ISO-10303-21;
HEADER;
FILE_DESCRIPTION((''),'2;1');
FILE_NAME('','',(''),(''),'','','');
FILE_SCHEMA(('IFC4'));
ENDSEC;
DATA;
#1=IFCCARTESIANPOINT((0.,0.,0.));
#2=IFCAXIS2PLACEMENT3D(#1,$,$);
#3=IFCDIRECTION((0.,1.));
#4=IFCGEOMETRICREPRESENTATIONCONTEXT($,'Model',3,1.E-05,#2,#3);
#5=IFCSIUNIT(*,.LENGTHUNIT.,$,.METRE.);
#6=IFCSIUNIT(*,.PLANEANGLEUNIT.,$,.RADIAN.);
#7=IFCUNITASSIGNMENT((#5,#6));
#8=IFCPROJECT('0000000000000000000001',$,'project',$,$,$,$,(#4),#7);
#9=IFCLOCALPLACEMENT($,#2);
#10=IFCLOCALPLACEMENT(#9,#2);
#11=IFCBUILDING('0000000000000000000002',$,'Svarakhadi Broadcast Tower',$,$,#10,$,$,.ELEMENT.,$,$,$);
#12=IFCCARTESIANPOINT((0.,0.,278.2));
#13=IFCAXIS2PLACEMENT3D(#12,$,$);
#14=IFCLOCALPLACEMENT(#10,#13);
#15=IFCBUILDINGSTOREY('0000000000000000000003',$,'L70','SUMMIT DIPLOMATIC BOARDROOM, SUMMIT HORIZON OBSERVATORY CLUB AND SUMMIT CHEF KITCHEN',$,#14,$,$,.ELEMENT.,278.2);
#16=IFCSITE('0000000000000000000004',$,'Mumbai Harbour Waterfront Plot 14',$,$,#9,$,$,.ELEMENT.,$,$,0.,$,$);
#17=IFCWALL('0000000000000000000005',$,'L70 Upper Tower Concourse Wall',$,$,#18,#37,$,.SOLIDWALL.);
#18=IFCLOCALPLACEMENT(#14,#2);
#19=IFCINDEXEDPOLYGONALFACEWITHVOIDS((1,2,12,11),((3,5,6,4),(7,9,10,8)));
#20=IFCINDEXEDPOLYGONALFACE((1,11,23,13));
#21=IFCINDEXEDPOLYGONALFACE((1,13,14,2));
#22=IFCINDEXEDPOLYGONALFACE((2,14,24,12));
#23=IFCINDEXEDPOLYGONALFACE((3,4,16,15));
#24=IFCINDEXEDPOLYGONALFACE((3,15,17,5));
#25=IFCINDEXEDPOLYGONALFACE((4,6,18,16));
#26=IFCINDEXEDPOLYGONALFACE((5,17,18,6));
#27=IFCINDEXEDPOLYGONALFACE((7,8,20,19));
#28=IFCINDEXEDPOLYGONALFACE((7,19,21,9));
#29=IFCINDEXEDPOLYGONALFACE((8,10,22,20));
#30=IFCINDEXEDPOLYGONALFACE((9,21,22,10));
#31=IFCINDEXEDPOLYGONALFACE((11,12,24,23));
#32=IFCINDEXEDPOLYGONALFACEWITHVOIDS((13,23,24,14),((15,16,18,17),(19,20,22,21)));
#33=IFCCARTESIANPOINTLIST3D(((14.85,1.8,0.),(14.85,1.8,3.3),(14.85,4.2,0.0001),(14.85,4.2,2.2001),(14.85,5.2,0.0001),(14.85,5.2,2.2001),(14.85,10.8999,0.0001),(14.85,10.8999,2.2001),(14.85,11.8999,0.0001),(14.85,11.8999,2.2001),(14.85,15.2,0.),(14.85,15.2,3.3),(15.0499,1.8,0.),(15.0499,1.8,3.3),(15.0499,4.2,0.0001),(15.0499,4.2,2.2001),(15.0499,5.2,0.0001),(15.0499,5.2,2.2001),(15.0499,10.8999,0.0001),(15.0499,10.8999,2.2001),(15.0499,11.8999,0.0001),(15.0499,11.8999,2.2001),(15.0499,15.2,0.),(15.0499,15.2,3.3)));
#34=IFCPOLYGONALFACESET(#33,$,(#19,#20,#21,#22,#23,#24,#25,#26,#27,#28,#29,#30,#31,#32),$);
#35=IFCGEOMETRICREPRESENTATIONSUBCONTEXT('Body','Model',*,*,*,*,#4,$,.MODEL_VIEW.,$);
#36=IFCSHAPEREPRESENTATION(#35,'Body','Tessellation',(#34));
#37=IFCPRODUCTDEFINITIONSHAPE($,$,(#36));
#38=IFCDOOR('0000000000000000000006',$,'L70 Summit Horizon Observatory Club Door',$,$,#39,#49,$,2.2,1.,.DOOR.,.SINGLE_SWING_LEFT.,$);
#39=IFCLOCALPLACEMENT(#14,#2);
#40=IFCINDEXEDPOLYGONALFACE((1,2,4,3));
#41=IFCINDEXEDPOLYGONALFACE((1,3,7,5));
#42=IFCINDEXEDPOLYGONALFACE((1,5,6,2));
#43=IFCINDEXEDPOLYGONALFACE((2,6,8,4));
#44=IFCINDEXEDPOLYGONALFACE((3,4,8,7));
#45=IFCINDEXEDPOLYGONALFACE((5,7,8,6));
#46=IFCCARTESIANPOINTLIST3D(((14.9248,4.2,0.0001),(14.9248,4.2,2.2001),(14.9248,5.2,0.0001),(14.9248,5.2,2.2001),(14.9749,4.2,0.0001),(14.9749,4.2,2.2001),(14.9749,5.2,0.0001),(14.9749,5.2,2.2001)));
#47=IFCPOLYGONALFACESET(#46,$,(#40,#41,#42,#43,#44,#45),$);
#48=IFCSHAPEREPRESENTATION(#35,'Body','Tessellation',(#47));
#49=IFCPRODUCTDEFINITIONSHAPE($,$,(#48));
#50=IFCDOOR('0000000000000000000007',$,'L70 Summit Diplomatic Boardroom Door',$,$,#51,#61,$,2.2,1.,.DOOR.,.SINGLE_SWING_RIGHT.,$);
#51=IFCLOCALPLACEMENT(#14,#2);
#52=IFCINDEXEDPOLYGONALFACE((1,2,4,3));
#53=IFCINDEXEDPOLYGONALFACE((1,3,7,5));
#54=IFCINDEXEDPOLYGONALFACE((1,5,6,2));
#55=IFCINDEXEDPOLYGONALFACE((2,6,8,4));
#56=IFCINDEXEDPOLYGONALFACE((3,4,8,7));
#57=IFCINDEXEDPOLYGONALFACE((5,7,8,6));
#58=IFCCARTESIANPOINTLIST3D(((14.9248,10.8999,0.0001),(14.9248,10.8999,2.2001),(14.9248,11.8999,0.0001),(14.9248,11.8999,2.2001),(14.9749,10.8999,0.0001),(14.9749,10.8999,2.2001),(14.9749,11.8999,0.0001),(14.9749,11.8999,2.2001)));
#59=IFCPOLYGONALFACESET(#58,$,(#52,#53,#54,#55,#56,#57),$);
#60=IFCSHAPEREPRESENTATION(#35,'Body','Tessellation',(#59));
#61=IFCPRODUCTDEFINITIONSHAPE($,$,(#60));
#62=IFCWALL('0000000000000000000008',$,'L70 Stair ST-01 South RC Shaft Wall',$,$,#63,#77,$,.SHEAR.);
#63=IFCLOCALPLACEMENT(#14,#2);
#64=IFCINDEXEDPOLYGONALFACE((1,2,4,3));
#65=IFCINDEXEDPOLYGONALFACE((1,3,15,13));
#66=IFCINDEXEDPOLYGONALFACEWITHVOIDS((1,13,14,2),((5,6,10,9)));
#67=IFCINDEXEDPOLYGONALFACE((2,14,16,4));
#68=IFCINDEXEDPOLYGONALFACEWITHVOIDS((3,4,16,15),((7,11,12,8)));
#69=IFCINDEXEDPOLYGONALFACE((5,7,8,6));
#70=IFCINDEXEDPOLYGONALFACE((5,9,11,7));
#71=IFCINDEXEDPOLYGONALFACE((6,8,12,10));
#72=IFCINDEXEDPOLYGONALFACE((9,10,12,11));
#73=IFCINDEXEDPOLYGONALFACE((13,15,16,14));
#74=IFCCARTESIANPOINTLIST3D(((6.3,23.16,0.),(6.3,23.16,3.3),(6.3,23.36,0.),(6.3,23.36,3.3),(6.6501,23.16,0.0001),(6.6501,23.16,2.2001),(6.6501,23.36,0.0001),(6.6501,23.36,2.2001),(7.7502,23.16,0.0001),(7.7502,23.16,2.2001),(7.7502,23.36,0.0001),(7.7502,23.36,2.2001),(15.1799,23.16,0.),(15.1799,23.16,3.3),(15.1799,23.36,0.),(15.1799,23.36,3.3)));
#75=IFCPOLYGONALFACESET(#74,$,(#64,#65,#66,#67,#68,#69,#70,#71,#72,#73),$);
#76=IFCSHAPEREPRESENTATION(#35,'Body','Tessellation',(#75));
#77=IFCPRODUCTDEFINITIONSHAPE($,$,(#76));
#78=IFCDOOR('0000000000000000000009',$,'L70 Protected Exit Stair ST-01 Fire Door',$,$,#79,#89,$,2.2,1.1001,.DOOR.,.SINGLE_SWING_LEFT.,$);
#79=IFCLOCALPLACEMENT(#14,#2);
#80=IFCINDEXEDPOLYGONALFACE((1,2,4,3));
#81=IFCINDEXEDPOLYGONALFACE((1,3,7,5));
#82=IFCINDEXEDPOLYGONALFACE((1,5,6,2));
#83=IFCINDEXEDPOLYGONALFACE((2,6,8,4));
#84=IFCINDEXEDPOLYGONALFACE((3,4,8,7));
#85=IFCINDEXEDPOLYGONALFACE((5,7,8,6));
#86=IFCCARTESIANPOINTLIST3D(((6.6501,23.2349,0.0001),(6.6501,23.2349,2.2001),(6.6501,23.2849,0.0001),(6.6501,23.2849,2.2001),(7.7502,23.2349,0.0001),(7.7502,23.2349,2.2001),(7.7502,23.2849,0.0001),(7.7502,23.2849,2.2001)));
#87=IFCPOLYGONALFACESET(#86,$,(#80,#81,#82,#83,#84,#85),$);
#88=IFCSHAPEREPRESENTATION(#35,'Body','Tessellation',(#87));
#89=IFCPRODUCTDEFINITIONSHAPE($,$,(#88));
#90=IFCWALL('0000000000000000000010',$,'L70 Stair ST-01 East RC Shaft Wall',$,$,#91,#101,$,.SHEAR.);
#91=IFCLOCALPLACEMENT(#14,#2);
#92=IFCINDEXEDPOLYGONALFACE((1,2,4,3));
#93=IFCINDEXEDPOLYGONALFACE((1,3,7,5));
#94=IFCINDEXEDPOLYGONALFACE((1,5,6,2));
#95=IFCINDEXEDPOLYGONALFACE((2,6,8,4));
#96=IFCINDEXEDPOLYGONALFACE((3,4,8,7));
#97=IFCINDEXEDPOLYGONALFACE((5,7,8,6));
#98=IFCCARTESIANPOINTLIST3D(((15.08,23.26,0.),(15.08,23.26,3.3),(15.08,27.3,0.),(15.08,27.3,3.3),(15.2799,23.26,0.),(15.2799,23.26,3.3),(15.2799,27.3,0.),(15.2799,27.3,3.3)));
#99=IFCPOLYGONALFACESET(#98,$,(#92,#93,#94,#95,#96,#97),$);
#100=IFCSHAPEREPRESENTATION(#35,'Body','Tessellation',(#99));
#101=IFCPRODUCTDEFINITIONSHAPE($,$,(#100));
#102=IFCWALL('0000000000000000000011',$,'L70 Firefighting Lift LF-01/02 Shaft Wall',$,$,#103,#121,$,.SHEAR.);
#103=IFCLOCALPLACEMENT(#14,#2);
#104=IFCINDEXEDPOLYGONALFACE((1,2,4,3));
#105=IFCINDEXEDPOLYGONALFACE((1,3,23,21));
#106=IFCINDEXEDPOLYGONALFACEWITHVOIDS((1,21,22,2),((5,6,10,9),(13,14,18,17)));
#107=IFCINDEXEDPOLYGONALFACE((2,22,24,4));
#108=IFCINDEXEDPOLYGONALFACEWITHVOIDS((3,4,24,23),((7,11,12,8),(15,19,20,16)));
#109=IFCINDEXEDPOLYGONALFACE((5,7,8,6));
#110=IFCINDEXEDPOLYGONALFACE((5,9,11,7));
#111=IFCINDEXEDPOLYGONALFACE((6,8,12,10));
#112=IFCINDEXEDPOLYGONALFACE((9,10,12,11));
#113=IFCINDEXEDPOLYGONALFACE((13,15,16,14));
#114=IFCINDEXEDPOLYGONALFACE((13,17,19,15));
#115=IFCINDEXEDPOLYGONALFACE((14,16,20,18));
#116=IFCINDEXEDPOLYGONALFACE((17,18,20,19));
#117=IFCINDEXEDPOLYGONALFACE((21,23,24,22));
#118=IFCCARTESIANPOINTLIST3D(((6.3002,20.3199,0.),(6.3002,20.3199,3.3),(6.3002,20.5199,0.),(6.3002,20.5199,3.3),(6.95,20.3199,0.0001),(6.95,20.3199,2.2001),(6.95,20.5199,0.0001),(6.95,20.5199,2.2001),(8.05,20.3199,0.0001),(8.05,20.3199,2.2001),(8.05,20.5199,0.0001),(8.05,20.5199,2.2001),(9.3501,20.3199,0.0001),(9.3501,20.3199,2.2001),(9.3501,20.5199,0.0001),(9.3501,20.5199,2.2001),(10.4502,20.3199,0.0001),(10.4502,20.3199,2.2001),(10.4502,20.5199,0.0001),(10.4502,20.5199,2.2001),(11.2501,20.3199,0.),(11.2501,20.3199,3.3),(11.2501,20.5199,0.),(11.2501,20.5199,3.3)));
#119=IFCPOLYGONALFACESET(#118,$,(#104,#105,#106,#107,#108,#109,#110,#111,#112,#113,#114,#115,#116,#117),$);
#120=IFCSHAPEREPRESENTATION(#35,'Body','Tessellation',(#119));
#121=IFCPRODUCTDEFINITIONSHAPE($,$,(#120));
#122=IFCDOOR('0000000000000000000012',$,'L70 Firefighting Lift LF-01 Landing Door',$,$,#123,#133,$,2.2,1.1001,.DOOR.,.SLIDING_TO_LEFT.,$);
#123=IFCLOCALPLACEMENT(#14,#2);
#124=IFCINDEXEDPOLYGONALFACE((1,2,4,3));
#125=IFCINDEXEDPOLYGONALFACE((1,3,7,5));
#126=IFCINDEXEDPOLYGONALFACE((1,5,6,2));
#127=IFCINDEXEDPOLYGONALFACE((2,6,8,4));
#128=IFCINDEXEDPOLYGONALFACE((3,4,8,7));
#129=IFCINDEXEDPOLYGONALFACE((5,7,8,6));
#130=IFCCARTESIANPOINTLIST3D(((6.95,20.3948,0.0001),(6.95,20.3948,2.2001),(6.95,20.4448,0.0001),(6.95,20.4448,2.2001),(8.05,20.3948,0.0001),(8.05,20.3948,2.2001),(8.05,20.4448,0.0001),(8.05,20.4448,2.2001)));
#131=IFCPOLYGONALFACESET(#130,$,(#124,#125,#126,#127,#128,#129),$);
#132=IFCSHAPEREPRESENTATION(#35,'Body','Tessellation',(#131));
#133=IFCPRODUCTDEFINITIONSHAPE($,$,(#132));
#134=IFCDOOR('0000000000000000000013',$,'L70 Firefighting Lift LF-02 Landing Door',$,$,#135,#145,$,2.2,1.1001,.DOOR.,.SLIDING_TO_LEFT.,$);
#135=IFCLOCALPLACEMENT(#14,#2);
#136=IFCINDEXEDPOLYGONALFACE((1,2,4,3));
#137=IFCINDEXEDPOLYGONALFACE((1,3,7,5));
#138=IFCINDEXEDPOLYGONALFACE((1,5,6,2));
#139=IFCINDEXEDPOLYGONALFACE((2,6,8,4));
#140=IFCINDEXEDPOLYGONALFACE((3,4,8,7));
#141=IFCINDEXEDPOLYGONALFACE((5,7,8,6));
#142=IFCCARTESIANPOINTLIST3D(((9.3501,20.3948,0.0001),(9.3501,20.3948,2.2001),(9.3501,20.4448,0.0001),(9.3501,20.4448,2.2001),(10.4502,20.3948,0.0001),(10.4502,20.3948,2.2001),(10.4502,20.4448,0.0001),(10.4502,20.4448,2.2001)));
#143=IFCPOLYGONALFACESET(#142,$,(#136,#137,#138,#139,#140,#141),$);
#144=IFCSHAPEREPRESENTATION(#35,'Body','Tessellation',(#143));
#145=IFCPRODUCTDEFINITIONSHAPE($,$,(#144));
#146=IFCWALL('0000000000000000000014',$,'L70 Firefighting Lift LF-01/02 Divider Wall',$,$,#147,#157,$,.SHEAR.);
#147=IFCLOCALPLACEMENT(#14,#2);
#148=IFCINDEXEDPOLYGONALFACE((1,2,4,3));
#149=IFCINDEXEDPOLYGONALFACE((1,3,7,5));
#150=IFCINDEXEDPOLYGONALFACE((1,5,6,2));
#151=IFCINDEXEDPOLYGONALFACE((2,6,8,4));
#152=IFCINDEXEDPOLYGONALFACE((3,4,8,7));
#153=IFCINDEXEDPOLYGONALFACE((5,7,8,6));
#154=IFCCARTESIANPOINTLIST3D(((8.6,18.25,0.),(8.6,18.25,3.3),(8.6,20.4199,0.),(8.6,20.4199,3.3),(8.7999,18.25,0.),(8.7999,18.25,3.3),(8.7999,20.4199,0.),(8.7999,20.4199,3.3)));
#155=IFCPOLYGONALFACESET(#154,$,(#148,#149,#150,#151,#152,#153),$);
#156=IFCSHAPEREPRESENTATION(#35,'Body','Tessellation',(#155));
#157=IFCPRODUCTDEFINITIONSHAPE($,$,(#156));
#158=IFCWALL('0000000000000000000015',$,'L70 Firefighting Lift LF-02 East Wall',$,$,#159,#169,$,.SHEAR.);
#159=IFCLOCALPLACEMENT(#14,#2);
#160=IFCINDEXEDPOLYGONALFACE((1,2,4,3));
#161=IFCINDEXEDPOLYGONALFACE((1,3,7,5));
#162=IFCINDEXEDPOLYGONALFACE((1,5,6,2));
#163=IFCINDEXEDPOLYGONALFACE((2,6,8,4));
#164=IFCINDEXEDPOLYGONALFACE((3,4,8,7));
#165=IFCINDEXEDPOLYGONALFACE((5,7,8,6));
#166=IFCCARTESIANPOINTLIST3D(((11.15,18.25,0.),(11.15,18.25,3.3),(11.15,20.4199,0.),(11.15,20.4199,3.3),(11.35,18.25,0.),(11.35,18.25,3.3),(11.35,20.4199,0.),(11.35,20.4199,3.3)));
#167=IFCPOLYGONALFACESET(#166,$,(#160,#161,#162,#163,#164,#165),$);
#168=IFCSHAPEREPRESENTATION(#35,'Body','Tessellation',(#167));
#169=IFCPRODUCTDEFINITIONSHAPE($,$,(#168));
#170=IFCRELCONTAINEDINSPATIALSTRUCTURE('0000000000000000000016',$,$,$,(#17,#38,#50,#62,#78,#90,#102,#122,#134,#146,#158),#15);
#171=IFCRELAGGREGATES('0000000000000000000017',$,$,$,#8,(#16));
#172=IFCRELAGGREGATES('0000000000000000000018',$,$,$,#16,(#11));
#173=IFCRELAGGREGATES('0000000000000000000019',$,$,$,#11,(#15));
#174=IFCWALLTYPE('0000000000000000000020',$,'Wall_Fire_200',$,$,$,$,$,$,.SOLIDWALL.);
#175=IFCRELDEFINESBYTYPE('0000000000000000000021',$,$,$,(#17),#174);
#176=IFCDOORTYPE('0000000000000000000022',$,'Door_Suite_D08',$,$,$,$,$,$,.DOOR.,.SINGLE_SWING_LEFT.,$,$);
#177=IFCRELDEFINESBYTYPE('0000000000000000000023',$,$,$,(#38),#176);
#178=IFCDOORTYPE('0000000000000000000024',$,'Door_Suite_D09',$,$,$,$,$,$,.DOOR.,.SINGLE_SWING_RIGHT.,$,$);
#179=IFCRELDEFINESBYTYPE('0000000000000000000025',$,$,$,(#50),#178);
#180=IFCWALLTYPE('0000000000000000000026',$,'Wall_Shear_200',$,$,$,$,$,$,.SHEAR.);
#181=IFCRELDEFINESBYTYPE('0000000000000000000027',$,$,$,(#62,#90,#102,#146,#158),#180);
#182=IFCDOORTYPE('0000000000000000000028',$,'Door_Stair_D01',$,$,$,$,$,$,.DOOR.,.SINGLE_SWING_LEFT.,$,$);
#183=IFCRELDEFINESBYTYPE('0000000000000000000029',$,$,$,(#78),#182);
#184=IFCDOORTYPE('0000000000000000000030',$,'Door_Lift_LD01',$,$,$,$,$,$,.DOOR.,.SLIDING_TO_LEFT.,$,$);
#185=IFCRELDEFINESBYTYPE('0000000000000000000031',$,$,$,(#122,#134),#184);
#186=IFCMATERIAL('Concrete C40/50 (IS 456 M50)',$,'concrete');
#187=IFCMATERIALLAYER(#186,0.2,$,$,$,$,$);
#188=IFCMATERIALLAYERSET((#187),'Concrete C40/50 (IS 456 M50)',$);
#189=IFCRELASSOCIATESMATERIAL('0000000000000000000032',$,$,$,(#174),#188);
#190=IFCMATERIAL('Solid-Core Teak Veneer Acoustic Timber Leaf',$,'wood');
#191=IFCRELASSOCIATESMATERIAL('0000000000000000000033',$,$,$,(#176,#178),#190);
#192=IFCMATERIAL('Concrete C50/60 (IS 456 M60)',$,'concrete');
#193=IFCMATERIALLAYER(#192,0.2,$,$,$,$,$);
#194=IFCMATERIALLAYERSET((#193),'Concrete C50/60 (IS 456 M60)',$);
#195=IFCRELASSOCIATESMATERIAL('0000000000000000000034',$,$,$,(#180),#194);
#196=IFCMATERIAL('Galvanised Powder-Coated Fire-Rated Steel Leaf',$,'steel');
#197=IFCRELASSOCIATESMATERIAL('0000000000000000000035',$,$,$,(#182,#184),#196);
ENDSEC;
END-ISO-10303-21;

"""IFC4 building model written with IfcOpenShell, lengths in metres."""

from ifc_helpers import new_model, si_unit, direction, frame, frame_2d, origin, place, context, subcontext, project, spatial, rectangle, extrude, material, layer, layer_set, type_object, element, fill, save


model = new_model("IFC4")

# Units and contexts
model_context = context("Model", 3, precision=1e-05, world=origin(), true_north=direction((0.0, 1.0)))
body_context = subcontext(model_context, "Body", "Model", "MODEL_VIEW")
ifc_project = project(units=[si_unit("LENGTHUNIT", "METRE"), si_unit("PLANEANGLEUNIT", "RADIAN")], contexts=[model_context])

# Site, building, storey
site_placement = place(None, origin())
site = spatial("IfcSite", under=ifc_project, at=site_placement, Name="Mumbai Harbour Waterfront Plot 14", CompositionType="ELEMENT", RefElevation=0.0)
building_placement = place(site_placement, origin())
building = spatial("IfcBuilding", under=site, at=building_placement, Name="Svarakhadi Broadcast Tower", CompositionType="ELEMENT")
storey_placement = place(building_placement, frame((0.0, 0.0, 278.2)))
storey = spatial("IfcBuildingStorey", under=building, at=storey_placement, Name="L70", Description="SUMMIT DIPLOMATIC BOARDROOM, SUMMIT HORIZON OBSERVATORY CLUB AND SUMMIT CHEF KITCHEN", CompositionType="ELEMENT", Elevation=278.2)

# Shared definitions
ifc_material_1 = material(Name="Concrete C50/60 (IS 456 M60)", Category="concrete")

# Shared definitions
ifc_material_2 = material(Name="Concrete C40/50 (IS 456 M50)", Category="concrete")
ifc_layer_1 = layer(ifc_material_2, 0.2)
ifc_layer_set_1 = layer_set([ifc_layer_1], Name="Concrete C40/50 (IS 456 M50)")
wall_type_1 = type_object("IfcWallType", Name="Wall_Fire_200", PredefinedType="SOLIDWALL", material=ifc_layer_set_1)

# Wall, openings, doors
wall_1_placement = place(storey_placement, frame((14.95, 15.2, 0.0), z_axis=(0.0, 0.0, 1.0), x_axis=(0.0, -1.0, 0.0)))
wall_1 = element("IfcWall", 1, at=wall_1_placement, inside=storey, type_object=wall_type_1, Name="L70 Upper Tower Concourse Wall", PredefinedType="SOLIDWALL", context=body_context, shape_type="SweptSolid", body=[
    extrude(rectangle(XDim=13.3999, YDim=0.2, at=frame_2d((6.7, 0.0))), origin(), (0.0, 0.0, 1.0), 3.3),
])
opening_1_placement = place(wall_1_placement, frame((10.0, 0.0, 0.0)))
opening_1 = element("IfcOpeningElement", 2, at=opening_1_placement, cuts=wall_1, PredefinedType="OPENING", context=body_context, shape_type="SweptSolid", body=[
    extrude(rectangle(XDim=1.0, YDim=2.2, at=frame_2d((0.5, 1.1001))), frame((0.0, 0.1099, 0.0), z_axis=(0.0, -1.0, 0.0), x_axis=(1.0, 0.0, 0.0)), (0.0, 0.0, 1.0), 0.22),
])
opening_2_placement = place(wall_1_placement, frame((3.3, 0.0, 0.0)))
opening_2 = element("IfcOpeningElement", 3, at=opening_2_placement, cuts=wall_1, PredefinedType="OPENING", context=body_context, shape_type="SweptSolid", body=[
    extrude(rectangle(XDim=1.0, YDim=2.2, at=frame_2d((0.5, 1.1001))), frame((0.0, 0.1099, 0.0), z_axis=(0.0, -1.0, 0.0), x_axis=(1.0, 0.0, 0.0)), (0.0, 0.0, 1.0), 0.22),
])
ifc_material_3 = material(Name="Solid-Core Teak Veneer Acoustic Timber Leaf", Category="wood")
door_type_1 = type_object("IfcDoorType", Name="Door_Suite_D08", OperationType="SINGLE_SWING_LEFT", PredefinedType="DOOR", material=ifc_material_3)
door_1_placement = place(opening_1_placement, origin())
door_1 = element("IfcDoor", 4, at=door_1_placement, inside=storey, type_object=door_type_1, Name="L70 Summit Horizon Observatory Club Door", OperationType="SINGLE_SWING_LEFT", OverallHeight=2.2, OverallWidth=1.0, PredefinedType="DOOR", context=body_context, shape_type="SweptSolid", body=[
    extrude(rectangle(XDim=1.0, YDim=2.2, at=frame_2d((0.5, 1.1001))), frame((0.0, 0.0249, 0.0), z_axis=(0.0, -1.0, 0.0), x_axis=(1.0, 0.0, 0.0)), (0.0, 0.0, 1.0), 0.05),
])
fill(opening_1, door_1)
door_type_2 = type_object("IfcDoorType", Name="Door_Suite_D09", OperationType="SINGLE_SWING_RIGHT", PredefinedType="DOOR", material=ifc_material_3)
door_2_placement = place(opening_2_placement, origin())
door_2 = element("IfcDoor", 5, at=door_2_placement, inside=storey, type_object=door_type_2, Name="L70 Summit Diplomatic Boardroom Door", OperationType="SINGLE_SWING_RIGHT", OverallHeight=2.2, OverallWidth=1.0, PredefinedType="DOOR", context=body_context, shape_type="SweptSolid", body=[
    extrude(rectangle(XDim=1.0, YDim=2.2, at=frame_2d((0.5, 1.1001))), frame((0.0, 0.0249, 0.0), z_axis=(0.0, -1.0, 0.0), x_axis=(1.0, 0.0, 0.0)), (0.0, 0.0, 1.0), 0.05),
])
fill(opening_2, door_2)

# Wall, opening, door
ifc_layer_2 = layer(ifc_material_1, 0.2)
ifc_layer_set_2 = layer_set([ifc_layer_2], Name="Concrete C50/60 (IS 456 M60)")
wall_type_2 = type_object("IfcWallType", Name="Wall_Shear_200", PredefinedType="SHEAR", material=ifc_layer_set_2)
wall_2_placement = place(storey_placement, frame((6.3, 23.26, 0.0), z_axis=(0.0, 0.0, 1.0), x_axis=(1.0, 0.0, 0.0)))
wall_2 = element("IfcWall", 6, at=wall_2_placement, inside=storey, type_object=wall_type_2, Name="L70 Stair ST-01 South RC Shaft Wall", PredefinedType="SHEAR", context=body_context, shape_type="SweptSolid", body=[
    extrude(rectangle(XDim=8.8799, YDim=0.2, at=frame_2d((4.4399, 0.0))), origin(), (0.0, 0.0, 1.0), 3.3),
])
opening_3_placement = place(wall_2_placement, frame((0.3501, 0.0, 0.0)))
opening_3 = element("IfcOpeningElement", 7, at=opening_3_placement, cuts=wall_2, PredefinedType="OPENING", context=body_context, shape_type="SweptSolid", body=[
    extrude(rectangle(XDim=1.1001, YDim=2.2, at=frame_2d((0.55, 1.1001))), frame((0.0, 0.1099, 0.0), z_axis=(0.0, -1.0, 0.0), x_axis=(1.0, 0.0, 0.0)), (0.0, 0.0, 1.0), 0.22),
])
ifc_material_4 = material(Name="Galvanised Powder-Coated Fire-Rated Steel Leaf", Category="steel")
door_type_3 = type_object("IfcDoorType", Name="Door_Stair_D01", OperationType="SINGLE_SWING_LEFT", PredefinedType="DOOR", material=ifc_material_4)
door_3_placement = place(opening_3_placement, origin())
door_3 = element("IfcDoor", 8, at=door_3_placement, inside=storey, type_object=door_type_3, Name="L70 Protected Exit Stair ST-01 Fire Door", OperationType="SINGLE_SWING_LEFT", OverallHeight=2.2, OverallWidth=1.1001, PredefinedType="DOOR", context=body_context, shape_type="SweptSolid", body=[
    extrude(rectangle(XDim=1.1001, YDim=2.2, at=frame_2d((0.55, 1.1001))), frame((0.0, 0.0249, 0.0), z_axis=(0.0, -1.0, 0.0), x_axis=(1.0, 0.0, 0.0)), (0.0, 0.0, 1.0), 0.05),
])
fill(opening_3, door_3)

# Wall
wall_3_placement = place(storey_placement, frame((15.1799, 23.26, 0.0), z_axis=(0.0, 0.0, 1.0), x_axis=(0.0, 1.0, 0.0)))
element("IfcWall", 9, at=wall_3_placement, inside=storey, type_object=wall_type_2, Name="L70 Stair ST-01 East RC Shaft Wall", PredefinedType="SHEAR", context=body_context, shape_type="SweptSolid", body=[
    extrude(rectangle(XDim=4.04, YDim=0.2, at=frame_2d((2.02, 0.0))), origin(), (0.0, 0.0, 1.0), 3.3),
])

# Wall, openings, doors
wall_4_placement = place(storey_placement, frame((6.3, 20.4199, 0.0), z_axis=(0.0, 0.0, 1.0), x_axis=(1.0, 0.0, 0.0)))
wall_4 = element("IfcWall", 10, at=wall_4_placement, inside=storey, type_object=wall_type_2, Name="L70 Firefighting Lift LF-01/02 Shaft Wall", PredefinedType="SHEAR", context=body_context, shape_type="SweptSolid", body=[
    extrude(rectangle(XDim=4.95, YDim=0.2, at=frame_2d((2.4751, 0.0))), origin(), (0.0, 0.0, 1.0), 3.3),
])
opening_4_placement = place(wall_4_placement, frame((0.6499, 0.0, 0.0)))
opening_4 = element("IfcOpeningElement", 11, at=opening_4_placement, cuts=wall_4, PredefinedType="OPENING", context=body_context, shape_type="SweptSolid", body=[
    extrude(rectangle(XDim=1.1001, YDim=2.2, at=frame_2d((0.55, 1.1001))), frame((0.0, 0.1099, 0.0), z_axis=(0.0, -1.0, 0.0), x_axis=(1.0, 0.0, 0.0)), (0.0, 0.0, 1.0), 0.22),
])
opening_5_placement = place(wall_4_placement, frame((3.05, 0.0, 0.0)))
opening_5 = element("IfcOpeningElement", 12, at=opening_5_placement, cuts=wall_4, PredefinedType="OPENING", context=body_context, shape_type="SweptSolid", body=[
    extrude(rectangle(XDim=1.1001, YDim=2.2, at=frame_2d((0.55, 1.1001))), frame((0.0, 0.1099, 0.0), z_axis=(0.0, -1.0, 0.0), x_axis=(1.0, 0.0, 0.0)), (0.0, 0.0, 1.0), 0.22),
])
door_type_4 = type_object("IfcDoorType", Name="Door_Lift_LD01", OperationType="SLIDING_TO_LEFT", PredefinedType="DOOR", material=ifc_material_4)
door_4_placement = place(opening_4_placement, origin())
door_4 = element("IfcDoor", 13, at=door_4_placement, inside=storey, type_object=door_type_4, Name="L70 Firefighting Lift LF-01 Landing Door", OperationType="SLIDING_TO_LEFT", OverallHeight=2.2, OverallWidth=1.1001, PredefinedType="DOOR", context=body_context, shape_type="SweptSolid", body=[
    extrude(rectangle(XDim=1.1001, YDim=2.2, at=frame_2d((0.55, 1.1001))), frame((0.0, 0.0249, 0.0), z_axis=(0.0, -1.0, 0.0), x_axis=(1.0, 0.0, 0.0)), (0.0, 0.0, 1.0), 0.05),
])
fill(opening_4, door_4)
door_5_placement = place(opening_5_placement, origin())
door_5 = element("IfcDoor", 14, at=door_5_placement, inside=storey, type_object=door_type_4, Name="L70 Firefighting Lift LF-02 Landing Door", OperationType="SLIDING_TO_LEFT", OverallHeight=2.2, OverallWidth=1.1001, PredefinedType="DOOR", context=body_context, shape_type="SweptSolid", body=[
    extrude(rectangle(XDim=1.1001, YDim=2.2, at=frame_2d((0.55, 1.1001))), frame((0.0, 0.0249, 0.0), z_axis=(0.0, -1.0, 0.0), x_axis=(1.0, 0.0, 0.0)), (0.0, 0.0, 1.0), 0.05),
])
fill(opening_5, door_5)

# Walls
for number, where, z_axis, x_axis, name in (
    (15, (8.7, 18.25, 0.0), (0.0, 0.0, 1.0), (0.0, 1.0, 0.0), "L70 Firefighting Lift LF-01/02 Divider Wall"),
    (16, (11.25, 18.25, 0.0), (0.0, 0.0, 1.0), (0.0, 1.0, 0.0), "L70 Firefighting Lift LF-02 East Wall"),
):
    element("IfcWall", number, at=place(storey_placement, frame(where, z_axis=z_axis, x_axis=x_axis)), inside=storey, type_object=wall_type_2, Name=name, PredefinedType="SHEAR", context=body_context, shape_type="SweptSolid", body=[
        extrude(rectangle(XDim=2.1699, YDim=0.2, at=frame_2d((1.085, 0.0))), origin(), (0.0, 0.0, 1.0), 3.3),
    ])

save(model, "model.ifc")
